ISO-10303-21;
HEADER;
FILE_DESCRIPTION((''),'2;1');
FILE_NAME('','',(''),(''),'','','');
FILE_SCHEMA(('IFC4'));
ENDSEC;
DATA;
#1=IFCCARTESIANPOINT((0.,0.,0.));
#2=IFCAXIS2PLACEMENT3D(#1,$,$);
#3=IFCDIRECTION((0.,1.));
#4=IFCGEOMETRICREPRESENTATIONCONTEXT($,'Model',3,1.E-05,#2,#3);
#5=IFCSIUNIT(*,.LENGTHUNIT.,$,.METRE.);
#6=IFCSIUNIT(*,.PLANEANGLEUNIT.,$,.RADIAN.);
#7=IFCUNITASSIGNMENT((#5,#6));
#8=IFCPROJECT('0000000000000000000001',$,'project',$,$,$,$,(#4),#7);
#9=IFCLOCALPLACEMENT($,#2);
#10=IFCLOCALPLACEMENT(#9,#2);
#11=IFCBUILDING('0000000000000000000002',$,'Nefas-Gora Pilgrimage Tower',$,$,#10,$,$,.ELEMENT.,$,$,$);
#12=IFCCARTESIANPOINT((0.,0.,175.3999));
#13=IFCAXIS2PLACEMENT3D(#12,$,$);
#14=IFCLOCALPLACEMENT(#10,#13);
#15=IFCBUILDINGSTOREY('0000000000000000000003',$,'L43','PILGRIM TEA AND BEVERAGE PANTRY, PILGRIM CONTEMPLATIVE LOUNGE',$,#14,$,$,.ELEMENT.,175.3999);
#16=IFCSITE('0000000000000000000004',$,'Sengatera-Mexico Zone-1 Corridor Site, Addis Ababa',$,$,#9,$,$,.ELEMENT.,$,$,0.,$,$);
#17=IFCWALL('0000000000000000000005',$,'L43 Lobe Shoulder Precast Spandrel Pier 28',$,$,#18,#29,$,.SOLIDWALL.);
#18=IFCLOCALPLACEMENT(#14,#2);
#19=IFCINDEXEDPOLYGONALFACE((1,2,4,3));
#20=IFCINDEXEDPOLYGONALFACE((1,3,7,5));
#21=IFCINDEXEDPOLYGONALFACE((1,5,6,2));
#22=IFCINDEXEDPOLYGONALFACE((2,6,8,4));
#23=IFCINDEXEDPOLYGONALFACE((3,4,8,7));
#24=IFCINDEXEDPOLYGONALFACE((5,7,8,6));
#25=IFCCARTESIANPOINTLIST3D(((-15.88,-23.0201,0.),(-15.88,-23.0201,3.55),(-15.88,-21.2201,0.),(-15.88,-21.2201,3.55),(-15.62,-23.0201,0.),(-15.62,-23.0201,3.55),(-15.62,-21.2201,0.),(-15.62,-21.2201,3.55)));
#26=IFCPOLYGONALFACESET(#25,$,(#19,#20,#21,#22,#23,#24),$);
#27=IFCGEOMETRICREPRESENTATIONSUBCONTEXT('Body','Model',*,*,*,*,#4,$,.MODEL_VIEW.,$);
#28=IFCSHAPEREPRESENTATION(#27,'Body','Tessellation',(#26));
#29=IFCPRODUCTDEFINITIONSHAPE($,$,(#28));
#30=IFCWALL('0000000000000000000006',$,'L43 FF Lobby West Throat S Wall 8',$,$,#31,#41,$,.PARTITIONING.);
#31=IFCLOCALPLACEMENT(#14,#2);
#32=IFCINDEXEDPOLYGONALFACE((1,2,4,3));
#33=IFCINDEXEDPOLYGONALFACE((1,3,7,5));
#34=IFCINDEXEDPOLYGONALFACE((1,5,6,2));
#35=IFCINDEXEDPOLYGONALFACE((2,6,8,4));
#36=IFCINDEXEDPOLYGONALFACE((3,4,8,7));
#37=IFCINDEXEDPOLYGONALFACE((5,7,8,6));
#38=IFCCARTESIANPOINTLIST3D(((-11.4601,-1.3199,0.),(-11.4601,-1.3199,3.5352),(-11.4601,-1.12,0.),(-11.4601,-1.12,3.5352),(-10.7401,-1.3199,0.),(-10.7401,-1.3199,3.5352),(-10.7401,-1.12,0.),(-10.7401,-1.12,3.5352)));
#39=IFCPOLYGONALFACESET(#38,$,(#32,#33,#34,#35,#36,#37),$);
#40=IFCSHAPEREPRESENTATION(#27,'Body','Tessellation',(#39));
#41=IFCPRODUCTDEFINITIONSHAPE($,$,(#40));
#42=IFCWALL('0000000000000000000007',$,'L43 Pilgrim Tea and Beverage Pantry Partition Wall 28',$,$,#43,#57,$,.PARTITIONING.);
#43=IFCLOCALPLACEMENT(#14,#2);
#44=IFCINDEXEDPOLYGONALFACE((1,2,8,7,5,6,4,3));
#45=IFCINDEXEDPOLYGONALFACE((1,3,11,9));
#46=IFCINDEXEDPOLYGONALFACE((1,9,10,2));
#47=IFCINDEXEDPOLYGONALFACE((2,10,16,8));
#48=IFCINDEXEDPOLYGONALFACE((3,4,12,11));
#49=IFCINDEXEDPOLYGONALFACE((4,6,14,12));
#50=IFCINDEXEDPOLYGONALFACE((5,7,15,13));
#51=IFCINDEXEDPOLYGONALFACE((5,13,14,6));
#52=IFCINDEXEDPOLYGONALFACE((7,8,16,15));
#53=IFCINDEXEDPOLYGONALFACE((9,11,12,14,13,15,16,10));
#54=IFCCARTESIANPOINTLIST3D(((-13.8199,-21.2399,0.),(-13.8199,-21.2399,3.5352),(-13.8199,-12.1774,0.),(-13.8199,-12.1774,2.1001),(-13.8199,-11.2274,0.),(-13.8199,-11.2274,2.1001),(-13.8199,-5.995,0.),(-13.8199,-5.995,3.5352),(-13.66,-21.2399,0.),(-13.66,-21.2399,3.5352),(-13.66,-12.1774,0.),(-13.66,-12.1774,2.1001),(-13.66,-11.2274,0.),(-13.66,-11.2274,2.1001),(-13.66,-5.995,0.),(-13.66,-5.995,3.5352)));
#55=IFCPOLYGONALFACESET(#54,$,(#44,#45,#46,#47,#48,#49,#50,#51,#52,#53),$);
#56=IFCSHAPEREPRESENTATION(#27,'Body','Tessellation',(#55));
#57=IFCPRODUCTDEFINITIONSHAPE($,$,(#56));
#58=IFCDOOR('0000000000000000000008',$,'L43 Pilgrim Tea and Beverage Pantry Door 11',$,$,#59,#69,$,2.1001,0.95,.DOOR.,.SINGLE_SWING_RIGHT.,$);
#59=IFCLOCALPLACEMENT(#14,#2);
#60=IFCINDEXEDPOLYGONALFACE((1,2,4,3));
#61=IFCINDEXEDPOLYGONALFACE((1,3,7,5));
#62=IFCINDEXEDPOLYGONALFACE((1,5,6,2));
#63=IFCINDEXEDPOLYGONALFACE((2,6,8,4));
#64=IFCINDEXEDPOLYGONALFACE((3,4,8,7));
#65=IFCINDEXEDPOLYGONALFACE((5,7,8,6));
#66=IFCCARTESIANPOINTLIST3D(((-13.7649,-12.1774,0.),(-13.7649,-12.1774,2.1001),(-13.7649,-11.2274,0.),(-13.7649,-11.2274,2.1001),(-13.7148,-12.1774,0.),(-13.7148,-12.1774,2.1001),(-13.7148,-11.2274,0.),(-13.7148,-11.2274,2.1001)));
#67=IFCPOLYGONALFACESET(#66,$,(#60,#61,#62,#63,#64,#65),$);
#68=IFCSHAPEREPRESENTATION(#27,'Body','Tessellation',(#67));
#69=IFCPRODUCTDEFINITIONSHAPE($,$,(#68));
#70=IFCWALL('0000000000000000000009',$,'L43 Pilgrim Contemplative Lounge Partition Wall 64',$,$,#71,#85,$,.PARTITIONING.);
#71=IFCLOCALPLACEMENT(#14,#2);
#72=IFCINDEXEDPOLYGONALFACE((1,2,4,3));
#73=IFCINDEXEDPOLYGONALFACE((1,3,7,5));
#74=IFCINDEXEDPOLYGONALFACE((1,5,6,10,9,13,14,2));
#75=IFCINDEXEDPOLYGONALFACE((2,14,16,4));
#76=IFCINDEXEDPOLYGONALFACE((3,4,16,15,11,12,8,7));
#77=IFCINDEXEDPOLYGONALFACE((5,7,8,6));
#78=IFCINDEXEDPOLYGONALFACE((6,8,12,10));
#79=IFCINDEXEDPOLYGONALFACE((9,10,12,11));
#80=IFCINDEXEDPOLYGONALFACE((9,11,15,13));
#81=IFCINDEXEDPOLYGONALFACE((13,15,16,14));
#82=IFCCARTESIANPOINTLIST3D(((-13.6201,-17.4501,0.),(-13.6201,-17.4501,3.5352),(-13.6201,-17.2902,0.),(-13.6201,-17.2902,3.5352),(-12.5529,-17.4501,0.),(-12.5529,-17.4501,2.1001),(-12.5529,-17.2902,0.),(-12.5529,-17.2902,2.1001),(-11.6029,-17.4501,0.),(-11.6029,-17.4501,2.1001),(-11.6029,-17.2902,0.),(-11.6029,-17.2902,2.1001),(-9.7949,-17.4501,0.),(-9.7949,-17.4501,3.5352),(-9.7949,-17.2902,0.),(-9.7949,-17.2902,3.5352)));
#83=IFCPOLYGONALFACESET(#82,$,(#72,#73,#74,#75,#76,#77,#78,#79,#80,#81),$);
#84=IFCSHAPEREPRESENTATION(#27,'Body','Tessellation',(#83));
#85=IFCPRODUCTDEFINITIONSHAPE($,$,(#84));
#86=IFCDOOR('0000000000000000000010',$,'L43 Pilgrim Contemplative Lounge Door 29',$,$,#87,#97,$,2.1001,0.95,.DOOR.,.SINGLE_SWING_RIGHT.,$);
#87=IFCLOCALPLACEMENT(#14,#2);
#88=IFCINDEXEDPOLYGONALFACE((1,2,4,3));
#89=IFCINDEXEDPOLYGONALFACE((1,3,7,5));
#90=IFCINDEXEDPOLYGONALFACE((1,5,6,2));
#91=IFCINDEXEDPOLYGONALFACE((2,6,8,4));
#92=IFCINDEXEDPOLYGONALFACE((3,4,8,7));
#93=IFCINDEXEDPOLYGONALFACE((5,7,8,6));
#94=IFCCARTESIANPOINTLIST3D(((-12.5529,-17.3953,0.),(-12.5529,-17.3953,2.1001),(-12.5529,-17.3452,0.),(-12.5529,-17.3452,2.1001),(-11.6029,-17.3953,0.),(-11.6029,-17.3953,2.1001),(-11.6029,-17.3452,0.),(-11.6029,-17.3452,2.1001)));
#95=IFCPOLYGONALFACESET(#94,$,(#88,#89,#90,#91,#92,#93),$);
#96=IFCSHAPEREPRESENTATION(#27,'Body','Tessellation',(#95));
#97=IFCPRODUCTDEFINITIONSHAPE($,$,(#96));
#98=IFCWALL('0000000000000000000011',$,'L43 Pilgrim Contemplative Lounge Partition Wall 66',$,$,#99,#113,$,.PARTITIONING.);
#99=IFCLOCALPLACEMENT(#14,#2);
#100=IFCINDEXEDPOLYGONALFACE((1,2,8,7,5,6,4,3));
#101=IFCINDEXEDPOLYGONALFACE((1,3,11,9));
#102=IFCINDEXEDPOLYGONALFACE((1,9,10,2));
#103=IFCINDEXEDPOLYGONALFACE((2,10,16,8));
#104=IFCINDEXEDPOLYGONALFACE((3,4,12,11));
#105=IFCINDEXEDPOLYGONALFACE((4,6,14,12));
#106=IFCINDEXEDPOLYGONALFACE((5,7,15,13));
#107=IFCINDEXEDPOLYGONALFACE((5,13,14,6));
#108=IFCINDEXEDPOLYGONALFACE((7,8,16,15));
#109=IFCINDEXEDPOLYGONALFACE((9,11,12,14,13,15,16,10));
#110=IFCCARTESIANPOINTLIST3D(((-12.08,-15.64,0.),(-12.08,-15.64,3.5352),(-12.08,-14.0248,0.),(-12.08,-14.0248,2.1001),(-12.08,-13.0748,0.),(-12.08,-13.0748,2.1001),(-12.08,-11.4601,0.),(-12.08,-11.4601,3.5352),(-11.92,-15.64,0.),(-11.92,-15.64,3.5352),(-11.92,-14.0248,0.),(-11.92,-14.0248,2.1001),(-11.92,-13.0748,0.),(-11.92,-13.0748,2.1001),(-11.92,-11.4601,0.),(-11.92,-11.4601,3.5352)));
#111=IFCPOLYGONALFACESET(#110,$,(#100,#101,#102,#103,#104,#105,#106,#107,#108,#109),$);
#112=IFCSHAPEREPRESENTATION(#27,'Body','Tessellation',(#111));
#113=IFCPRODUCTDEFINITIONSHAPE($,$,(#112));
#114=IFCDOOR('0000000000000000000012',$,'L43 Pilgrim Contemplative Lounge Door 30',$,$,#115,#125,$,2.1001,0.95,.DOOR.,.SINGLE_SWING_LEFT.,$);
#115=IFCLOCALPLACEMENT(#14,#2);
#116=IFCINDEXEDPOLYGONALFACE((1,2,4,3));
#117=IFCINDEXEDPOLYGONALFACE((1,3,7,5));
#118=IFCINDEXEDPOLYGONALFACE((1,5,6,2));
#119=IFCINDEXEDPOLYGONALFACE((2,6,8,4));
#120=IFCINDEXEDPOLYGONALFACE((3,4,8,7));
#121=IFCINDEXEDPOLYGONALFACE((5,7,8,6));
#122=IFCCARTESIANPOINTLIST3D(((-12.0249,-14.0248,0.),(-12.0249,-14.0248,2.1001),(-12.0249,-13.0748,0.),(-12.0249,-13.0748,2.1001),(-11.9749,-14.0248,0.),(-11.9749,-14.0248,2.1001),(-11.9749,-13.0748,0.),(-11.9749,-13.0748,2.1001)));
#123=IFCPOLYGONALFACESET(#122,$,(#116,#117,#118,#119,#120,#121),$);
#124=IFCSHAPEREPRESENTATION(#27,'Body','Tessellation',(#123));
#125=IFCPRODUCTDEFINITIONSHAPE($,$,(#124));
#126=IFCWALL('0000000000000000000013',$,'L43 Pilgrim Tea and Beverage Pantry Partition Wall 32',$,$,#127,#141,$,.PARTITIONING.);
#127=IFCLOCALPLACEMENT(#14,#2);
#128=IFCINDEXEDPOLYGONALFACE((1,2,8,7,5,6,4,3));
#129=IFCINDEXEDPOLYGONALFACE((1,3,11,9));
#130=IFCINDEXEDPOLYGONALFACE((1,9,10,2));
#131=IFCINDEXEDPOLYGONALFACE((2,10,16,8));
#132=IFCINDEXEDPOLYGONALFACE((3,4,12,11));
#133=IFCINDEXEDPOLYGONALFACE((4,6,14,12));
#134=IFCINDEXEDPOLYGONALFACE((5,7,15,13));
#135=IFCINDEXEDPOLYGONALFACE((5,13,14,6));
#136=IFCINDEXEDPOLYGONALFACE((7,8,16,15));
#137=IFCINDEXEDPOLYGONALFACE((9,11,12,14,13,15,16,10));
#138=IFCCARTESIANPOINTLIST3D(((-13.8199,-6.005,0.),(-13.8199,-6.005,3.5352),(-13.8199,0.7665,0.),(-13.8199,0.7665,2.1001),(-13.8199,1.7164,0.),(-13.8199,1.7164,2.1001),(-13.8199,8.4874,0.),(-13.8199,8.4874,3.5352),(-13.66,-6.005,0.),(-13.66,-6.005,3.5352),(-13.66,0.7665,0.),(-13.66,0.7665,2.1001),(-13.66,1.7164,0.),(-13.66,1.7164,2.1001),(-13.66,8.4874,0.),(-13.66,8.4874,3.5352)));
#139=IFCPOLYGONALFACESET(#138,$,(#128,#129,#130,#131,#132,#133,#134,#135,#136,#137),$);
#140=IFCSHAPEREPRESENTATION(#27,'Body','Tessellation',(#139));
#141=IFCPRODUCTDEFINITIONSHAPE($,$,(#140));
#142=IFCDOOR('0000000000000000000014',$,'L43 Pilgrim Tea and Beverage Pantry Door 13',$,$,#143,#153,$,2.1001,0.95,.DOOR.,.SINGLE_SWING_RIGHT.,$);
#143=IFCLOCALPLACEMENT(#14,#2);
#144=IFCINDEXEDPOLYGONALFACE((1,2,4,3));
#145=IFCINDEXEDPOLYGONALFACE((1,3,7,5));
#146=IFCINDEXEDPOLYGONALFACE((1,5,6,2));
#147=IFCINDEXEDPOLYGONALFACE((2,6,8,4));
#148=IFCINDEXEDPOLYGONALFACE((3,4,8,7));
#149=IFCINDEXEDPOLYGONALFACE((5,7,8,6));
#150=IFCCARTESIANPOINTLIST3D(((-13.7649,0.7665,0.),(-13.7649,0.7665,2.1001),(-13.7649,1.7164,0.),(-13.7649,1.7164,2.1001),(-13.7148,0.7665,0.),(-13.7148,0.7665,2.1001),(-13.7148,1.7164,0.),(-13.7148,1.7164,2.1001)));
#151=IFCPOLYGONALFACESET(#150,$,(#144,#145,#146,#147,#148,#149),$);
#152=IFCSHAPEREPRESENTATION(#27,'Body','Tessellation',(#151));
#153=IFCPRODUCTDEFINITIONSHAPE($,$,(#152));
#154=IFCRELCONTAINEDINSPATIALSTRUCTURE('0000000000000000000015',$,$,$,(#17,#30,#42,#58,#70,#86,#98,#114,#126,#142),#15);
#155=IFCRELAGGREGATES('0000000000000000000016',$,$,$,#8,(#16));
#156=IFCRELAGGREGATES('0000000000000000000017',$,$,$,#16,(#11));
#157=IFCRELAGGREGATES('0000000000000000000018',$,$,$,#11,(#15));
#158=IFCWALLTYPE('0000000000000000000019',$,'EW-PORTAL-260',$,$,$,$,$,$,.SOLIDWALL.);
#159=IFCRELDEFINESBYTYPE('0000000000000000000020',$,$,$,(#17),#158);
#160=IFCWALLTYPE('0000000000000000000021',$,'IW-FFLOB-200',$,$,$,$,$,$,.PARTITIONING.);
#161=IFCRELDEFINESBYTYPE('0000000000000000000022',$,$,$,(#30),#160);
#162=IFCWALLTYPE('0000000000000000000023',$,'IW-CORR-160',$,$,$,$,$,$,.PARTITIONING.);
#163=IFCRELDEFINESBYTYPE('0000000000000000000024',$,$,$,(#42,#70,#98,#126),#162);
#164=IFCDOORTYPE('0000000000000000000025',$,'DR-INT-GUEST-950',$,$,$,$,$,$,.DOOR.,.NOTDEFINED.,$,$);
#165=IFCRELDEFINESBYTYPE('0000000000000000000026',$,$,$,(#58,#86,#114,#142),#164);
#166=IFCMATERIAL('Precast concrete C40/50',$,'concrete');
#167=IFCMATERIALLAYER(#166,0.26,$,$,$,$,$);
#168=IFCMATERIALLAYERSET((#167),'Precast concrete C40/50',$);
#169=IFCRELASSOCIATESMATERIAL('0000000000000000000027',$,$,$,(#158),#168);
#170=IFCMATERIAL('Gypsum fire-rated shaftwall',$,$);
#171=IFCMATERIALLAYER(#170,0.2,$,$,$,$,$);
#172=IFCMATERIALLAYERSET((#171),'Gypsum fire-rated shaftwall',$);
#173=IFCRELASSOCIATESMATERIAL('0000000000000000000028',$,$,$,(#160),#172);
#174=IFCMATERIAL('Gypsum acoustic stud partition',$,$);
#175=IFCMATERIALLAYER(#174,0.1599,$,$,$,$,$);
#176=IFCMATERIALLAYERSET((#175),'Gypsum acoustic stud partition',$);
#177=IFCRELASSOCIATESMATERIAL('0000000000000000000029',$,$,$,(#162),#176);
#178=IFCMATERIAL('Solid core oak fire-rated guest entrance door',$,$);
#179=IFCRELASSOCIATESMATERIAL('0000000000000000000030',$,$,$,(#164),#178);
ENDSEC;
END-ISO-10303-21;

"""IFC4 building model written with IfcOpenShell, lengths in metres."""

from ifc_helpers import new_model, si_unit, direction, frame, frame_2d, origin, place, context, subcontext, project, spatial, rectangle, extrude, source, transform, mapped, material, layer, layer_set, type_object, element, fill, save


model = new_model("IFC4")

# Units and contexts
model_context = context("Model", 3, precision=1e-05, world=origin(), true_north=direction((0.0, 1.0)))
body_context = subcontext(model_context, "Body", "Model", "MODEL_VIEW")
ifc_project = project(units=[si_unit("LENGTHUNIT", "METRE"), si_unit("PLANEANGLEUNIT", "RADIAN")], contexts=[model_context])

# Site, building, storey
site_placement = place(None, origin())
site = spatial("IfcSite", under=ifc_project, at=site_placement, Name="Sengatera-Mexico Zone-1 Corridor Site, Addis Ababa", CompositionType="ELEMENT", RefElevation=0.0)
building_placement = place(site_placement, origin())
building = spatial("IfcBuilding", under=site, at=building_placement, Name="Nefas-Gora Pilgrimage Tower", CompositionType="ELEMENT")
storey_placement = place(building_placement, frame((0.0, 0.0, 175.3999)))
storey = spatial("IfcBuildingStorey", under=building, at=storey_placement, Name="L43", Description="PILGRIM TEA AND BEVERAGE PANTRY, PILGRIM CONTEMPLATIVE LOUNGE", CompositionType="ELEMENT", Elevation=175.3999)

# Wall
ifc_material_1 = material(Name="Precast concrete C40/50", Category="concrete")
ifc_layer_1 = layer(ifc_material_1, 0.26)
ifc_layer_set_1 = layer_set([ifc_layer_1], Name="Precast concrete C40/50")
wall_type_1 = type_object("IfcWallType", Name="EW-PORTAL-260", PredefinedType="SOLIDWALL", material=ifc_layer_set_1)
shared_shape_1 = source(origin(), body_context, "Body", "SweptSolid", [
    extrude(rectangle(XDim=1.8, YDim=0.26, at=frame_2d((0.8999, 0.0))), origin(), (0.0, 0.0, 1.0), 3.55),
])
wall_1_placement = place(storey_placement, frame((-15.75, -23.02, 0.0), z_axis=(0.0, 0.0, 1.0), x_axis=(0.0, 1.0, 0.0)))
element("IfcWall", 1, at=wall_1_placement, inside=storey, type_object=wall_type_1, Name="L43 Lobe Shoulder Precast Spandrel Pier 28", PredefinedType="SOLIDWALL", context=body_context, shape_type="MappedRepresentation", body=[
    mapped(shared_shape_1, transform((0.0, 0.0, 0.0), x_axis=(1.0, 0.0, 0.0), y_axis=(0.0, 1.0, 0.0), z_axis=(0.0, 0.0, 1.0), scale=1.0)),
])

# Shared definitions
ifc_material_2 = material(Name="Gypsum fire-rated shaftwall")
ifc_layer_2 = layer(ifc_material_2, 0.2)
ifc_layer_set_2 = layer_set([ifc_layer_2], Name="Gypsum fire-rated shaftwall")
wall_type_2 = type_object("IfcWallType", Name="IW-FFLOB-200", PredefinedType="PARTITIONING", material=ifc_layer_set_2)

# Wall
shared_shape_2 = source(origin(), body_context, "Body", "SweptSolid", [
    extrude(rectangle(XDim=0.72, YDim=0.2, at=frame_2d((0.3599, 0.0))), origin(), (0.0, 0.0, 1.0), 3.5352),
])
wall_2_placement = place(storey_placement, frame((-11.46, -1.22, 0.0), z_axis=(0.0, 0.0, 1.0), x_axis=(1.0, 0.0, 0.0)))
element("IfcWall", 2, at=wall_2_placement, inside=storey, type_object=wall_type_2, Name="L43 FF Lobby West Throat S Wall 8", PredefinedType="PARTITIONING", context=body_context, shape_type="MappedRepresentation", body=[
    mapped(shared_shape_2, transform((0.0, 0.0, 0.0), x_axis=(1.0, 0.0, 0.0), y_axis=(0.0, 1.0, 0.0), z_axis=(0.0, 0.0, 1.0), scale=1.0)),
])

# Walls, openings, doors
ifc_material_3 = material(Name="Gypsum acoustic stud partition")
ifc_layer_3 = layer(ifc_material_3, 0.1599)
ifc_layer_set_3 = layer_set([ifc_layer_3], Name="Gypsum acoustic stud partition")
wall_type_3 = type_object("IfcWallType", Name="IW-CORR-160", PredefinedType="PARTITIONING", material=ifc_layer_set_3)
shared_shape_3 = source(origin(), body_context, "Body", "SweptSolid", [
    extrude(rectangle(XDim=15.2449, YDim=0.1599, at=frame_2d((7.6226, 0.0))), origin(), (0.0, 0.0, 1.0), 3.5352),
])
wall_3_placement = place(storey_placement, frame((-13.74, -21.24, 0.0), z_axis=(0.0, 0.0, 1.0), x_axis=(0.0, 1.0, 0.0)))
wall_3 = element("IfcWall", 3, at=wall_3_placement, inside=storey, type_object=wall_type_3, Name="L43 Pilgrim Tea and Beverage Pantry Partition Wall 28", PredefinedType="PARTITIONING", context=body_context, shape_type="MappedRepresentation", body=[
    mapped(shared_shape_3, transform((0.0, 0.0, 0.0), x_axis=(1.0, 0.0, 0.0), y_axis=(0.0, 1.0, 0.0), z_axis=(0.0, 0.0, 1.0), scale=1.0)),
])
opening_1_placement = place(wall_3_placement, frame((9.0625, 0.0, 0.0)))
opening_1 = element("IfcOpeningElement", 4, at=opening_1_placement, cuts=wall_3, PredefinedType="OPENING", context=body_context, shape_type="SweptSolid", body=[
    extrude(rectangle(XDim=0.95, YDim=2.1001, at=frame_2d((0.4751, 1.05))), frame((0.0, 0.0898, 0.0), z_axis=(0.0, -1.0, 0.0), x_axis=(1.0, 0.0, 0.0)), (0.0, 0.0, 1.0), 0.1799),
])
ifc_material_4 = material(Name="Solid core oak fire-rated guest entrance door")
door_type_1 = type_object("IfcDoorType", Name="DR-INT-GUEST-950", OperationType="NOTDEFINED", PredefinedType="DOOR", material=ifc_material_4)
shared_shape_4 = source(origin(), body_context, "Body", "SweptSolid", [
    extrude(rectangle(XDim=0.95, YDim=2.1001, at=frame_2d((0.4751, 1.05))), frame((0.0, 0.0249, 0.0), z_axis=(0.0, -1.0, 0.0), x_axis=(1.0, 0.0, 0.0)), (0.0, 0.0, 1.0), 0.05),
])
door_1_placement = place(opening_1_placement, origin())
door_1 = element("IfcDoor", 5, at=door_1_placement, inside=storey, type_object=door_type_1, Name="L43 Pilgrim Tea and Beverage Pantry Door 11", OperationType="SINGLE_SWING_RIGHT", OverallHeight=2.1001, OverallWidth=0.95, PredefinedType="DOOR", context=body_context, shape_type="MappedRepresentation", body=[
    mapped(shared_shape_4, transform((0.0, 0.0, 0.0), x_axis=(1.0, 0.0, 0.0), y_axis=(0.0, 1.0, 0.0), z_axis=(0.0, 0.0, 1.0), scale=1.0)),
])
fill(opening_1, door_1)
shared_shape_5 = source(origin(), body_context, "Body", "SweptSolid", [
    extrude(rectangle(XDim=3.8252, YDim=0.1599, at=frame_2d((1.9126, 0.0))), origin(), (0.0, 0.0, 1.0), 3.5352),
])
wall_4_placement = place(storey_placement, frame((-13.6201, -17.3701, 0.0), z_axis=(0.0, 0.0, 1.0), x_axis=(1.0, 0.0, 0.0)))
wall_4 = element("IfcWall", 6, at=wall_4_placement, inside=storey, type_object=wall_type_3, Name="L43 Pilgrim Contemplative Lounge Partition Wall 64", PredefinedType="PARTITIONING", context=body_context, shape_type="MappedRepresentation", body=[
    mapped(shared_shape_5, transform((0.0, 0.0, 0.0), x_axis=(1.0, 0.0, 0.0), y_axis=(0.0, 1.0, 0.0), z_axis=(0.0, 0.0, 1.0), scale=1.0)),
])
opening_2_placement = place(wall_4_placement, frame((1.0671, 0.0, 0.0)))
opening_2 = element("IfcOpeningElement", 7, at=opening_2_placement, cuts=wall_4, PredefinedType="OPENING", context=body_context, shape_type="SweptSolid", body=[
    extrude(rectangle(XDim=0.95, YDim=2.1001, at=frame_2d((0.4751, 1.05))), frame((0.0, 0.0898, 0.0), z_axis=(0.0, -1.0, 0.0), x_axis=(1.0, 0.0, 0.0)), (0.0, 0.0, 1.0), 0.1799),
])
door_2_placement = place(opening_2_placement, origin())
door_2 = element("IfcDoor", 8, at=door_2_placement, inside=storey, type_object=door_type_1, Name="L43 Pilgrim Contemplative Lounge Door 29", OperationType="SINGLE_SWING_RIGHT", OverallHeight=2.1001, OverallWidth=0.95, PredefinedType="DOOR", context=body_context, shape_type="MappedRepresentation", body=[
    mapped(shared_shape_4, transform((0.0, 0.0, 0.0), x_axis=(1.0, 0.0, 0.0), y_axis=(0.0, 1.0, 0.0), z_axis=(0.0, 0.0, 1.0), scale=1.0)),
])
fill(opening_2, door_2)
shared_shape_6 = source(origin(), body_context, "Body", "SweptSolid", [
    extrude(rectangle(XDim=4.1799, YDim=0.1599, at=frame_2d((2.0898, 0.0))), origin(), (0.0, 0.0, 1.0), 3.5352),
])
wall_5_placement = place(storey_placement, frame((-12.0, -15.6399, 0.0), z_axis=(0.0, 0.0, 1.0), x_axis=(0.0, 1.0, 0.0)))
wall_5 = element("IfcWall", 9, at=wall_5_placement, inside=storey, type_object=wall_type_3, Name="L43 Pilgrim Contemplative Lounge Partition Wall 66", PredefinedType="PARTITIONING", context=body_context, shape_type="MappedRepresentation", body=[
    mapped(shared_shape_6, transform((0.0, 0.0, 0.0), x_axis=(1.0, 0.0, 0.0), y_axis=(0.0, 1.0, 0.0), z_axis=(0.0, 0.0, 1.0), scale=1.0)),
])
opening_3_placement = place(wall_5_placement, frame((1.615, 0.0, 0.0)))
opening_3 = element("IfcOpeningElement", 10, at=opening_3_placement, cuts=wall_5, PredefinedType="OPENING", context=body_context, shape_type="SweptSolid", body=[
    extrude(rectangle(XDim=0.95, YDim=2.1001, at=frame_2d((0.4751, 1.05))), frame((0.0, 0.0898, 0.0), z_axis=(0.0, -1.0, 0.0), x_axis=(1.0, 0.0, 0.0)), (0.0, 0.0, 1.0), 0.1799),
])
door_3_placement = place(opening_3_placement, origin())
door_3 = element("IfcDoor", 11, at=door_3_placement, inside=storey, type_object=door_type_1, Name="L43 Pilgrim Contemplative Lounge Door 30", OperationType="SINGLE_SWING_LEFT", OverallHeight=2.1001, OverallWidth=0.95, PredefinedType="DOOR", context=body_context, shape_type="MappedRepresentation", body=[
    mapped(shared_shape_4, transform((0.0, 0.0, 0.0), x_axis=(1.0, 0.0, 0.0), y_axis=(0.0, 1.0, 0.0), z_axis=(0.0, 0.0, 1.0), scale=1.0)),
])
fill(opening_3, door_3)
shared_shape_7 = source(origin(), body_context, "Body", "SweptSolid", [
    extrude(rectangle(XDim=14.4924, YDim=0.1599, at=frame_2d((7.2461, 0.0))), origin(), (0.0, 0.0, 1.0), 3.5352),
])
wall_6_placement = place(storey_placement, frame((-13.74, -6.0049, 0.0), z_axis=(0.0, 0.0, 1.0), x_axis=(0.0, 1.0, 0.0)))
wall_6 = element("IfcWall", 12, at=wall_6_placement, inside=storey, type_object=wall_type_3, Name="L43 Pilgrim Tea and Beverage Pantry Partition Wall 32", PredefinedType="PARTITIONING", context=body_context, shape_type="MappedRepresentation", body=[
    mapped(shared_shape_7, transform((0.0, 0.0, 0.0), x_axis=(1.0, 0.0, 0.0), y_axis=(0.0, 1.0, 0.0), z_axis=(0.0, 0.0, 1.0), scale=1.0)),
])
opening_4_placement = place(wall_6_placement, frame((6.7712, 0.0, 0.0)))
opening_4 = element("IfcOpeningElement", 13, at=opening_4_placement, cuts=wall_6, PredefinedType="OPENING", context=body_context, shape_type="SweptSolid", body=[
    extrude(rectangle(XDim=0.95, YDim=2.1001, at=frame_2d((0.4751, 1.05))), frame((0.0, 0.0898, 0.0), z_axis=(0.0, -1.0, 0.0), x_axis=(1.0, 0.0, 0.0)), (0.0, 0.0, 1.0), 0.1799),
])
door_4_placement = place(opening_4_placement, origin())
door_4 = element("IfcDoor", 14, at=door_4_placement, inside=storey, type_object=door_type_1, Name="L43 Pilgrim Tea and Beverage Pantry Door 13", OperationType="SINGLE_SWING_RIGHT", OverallHeight=2.1001, OverallWidth=0.95, PredefinedType="DOOR", context=body_context, shape_type="MappedRepresentation", body=[
    mapped(shared_shape_4, transform((0.0, 0.0, 0.0), x_axis=(1.0, 0.0, 0.0), y_axis=(0.0, 1.0, 0.0), z_axis=(0.0, 0.0, 1.0), scale=1.0)),
])
fill(opening_4, door_4)

save(model, "model.ifc")
